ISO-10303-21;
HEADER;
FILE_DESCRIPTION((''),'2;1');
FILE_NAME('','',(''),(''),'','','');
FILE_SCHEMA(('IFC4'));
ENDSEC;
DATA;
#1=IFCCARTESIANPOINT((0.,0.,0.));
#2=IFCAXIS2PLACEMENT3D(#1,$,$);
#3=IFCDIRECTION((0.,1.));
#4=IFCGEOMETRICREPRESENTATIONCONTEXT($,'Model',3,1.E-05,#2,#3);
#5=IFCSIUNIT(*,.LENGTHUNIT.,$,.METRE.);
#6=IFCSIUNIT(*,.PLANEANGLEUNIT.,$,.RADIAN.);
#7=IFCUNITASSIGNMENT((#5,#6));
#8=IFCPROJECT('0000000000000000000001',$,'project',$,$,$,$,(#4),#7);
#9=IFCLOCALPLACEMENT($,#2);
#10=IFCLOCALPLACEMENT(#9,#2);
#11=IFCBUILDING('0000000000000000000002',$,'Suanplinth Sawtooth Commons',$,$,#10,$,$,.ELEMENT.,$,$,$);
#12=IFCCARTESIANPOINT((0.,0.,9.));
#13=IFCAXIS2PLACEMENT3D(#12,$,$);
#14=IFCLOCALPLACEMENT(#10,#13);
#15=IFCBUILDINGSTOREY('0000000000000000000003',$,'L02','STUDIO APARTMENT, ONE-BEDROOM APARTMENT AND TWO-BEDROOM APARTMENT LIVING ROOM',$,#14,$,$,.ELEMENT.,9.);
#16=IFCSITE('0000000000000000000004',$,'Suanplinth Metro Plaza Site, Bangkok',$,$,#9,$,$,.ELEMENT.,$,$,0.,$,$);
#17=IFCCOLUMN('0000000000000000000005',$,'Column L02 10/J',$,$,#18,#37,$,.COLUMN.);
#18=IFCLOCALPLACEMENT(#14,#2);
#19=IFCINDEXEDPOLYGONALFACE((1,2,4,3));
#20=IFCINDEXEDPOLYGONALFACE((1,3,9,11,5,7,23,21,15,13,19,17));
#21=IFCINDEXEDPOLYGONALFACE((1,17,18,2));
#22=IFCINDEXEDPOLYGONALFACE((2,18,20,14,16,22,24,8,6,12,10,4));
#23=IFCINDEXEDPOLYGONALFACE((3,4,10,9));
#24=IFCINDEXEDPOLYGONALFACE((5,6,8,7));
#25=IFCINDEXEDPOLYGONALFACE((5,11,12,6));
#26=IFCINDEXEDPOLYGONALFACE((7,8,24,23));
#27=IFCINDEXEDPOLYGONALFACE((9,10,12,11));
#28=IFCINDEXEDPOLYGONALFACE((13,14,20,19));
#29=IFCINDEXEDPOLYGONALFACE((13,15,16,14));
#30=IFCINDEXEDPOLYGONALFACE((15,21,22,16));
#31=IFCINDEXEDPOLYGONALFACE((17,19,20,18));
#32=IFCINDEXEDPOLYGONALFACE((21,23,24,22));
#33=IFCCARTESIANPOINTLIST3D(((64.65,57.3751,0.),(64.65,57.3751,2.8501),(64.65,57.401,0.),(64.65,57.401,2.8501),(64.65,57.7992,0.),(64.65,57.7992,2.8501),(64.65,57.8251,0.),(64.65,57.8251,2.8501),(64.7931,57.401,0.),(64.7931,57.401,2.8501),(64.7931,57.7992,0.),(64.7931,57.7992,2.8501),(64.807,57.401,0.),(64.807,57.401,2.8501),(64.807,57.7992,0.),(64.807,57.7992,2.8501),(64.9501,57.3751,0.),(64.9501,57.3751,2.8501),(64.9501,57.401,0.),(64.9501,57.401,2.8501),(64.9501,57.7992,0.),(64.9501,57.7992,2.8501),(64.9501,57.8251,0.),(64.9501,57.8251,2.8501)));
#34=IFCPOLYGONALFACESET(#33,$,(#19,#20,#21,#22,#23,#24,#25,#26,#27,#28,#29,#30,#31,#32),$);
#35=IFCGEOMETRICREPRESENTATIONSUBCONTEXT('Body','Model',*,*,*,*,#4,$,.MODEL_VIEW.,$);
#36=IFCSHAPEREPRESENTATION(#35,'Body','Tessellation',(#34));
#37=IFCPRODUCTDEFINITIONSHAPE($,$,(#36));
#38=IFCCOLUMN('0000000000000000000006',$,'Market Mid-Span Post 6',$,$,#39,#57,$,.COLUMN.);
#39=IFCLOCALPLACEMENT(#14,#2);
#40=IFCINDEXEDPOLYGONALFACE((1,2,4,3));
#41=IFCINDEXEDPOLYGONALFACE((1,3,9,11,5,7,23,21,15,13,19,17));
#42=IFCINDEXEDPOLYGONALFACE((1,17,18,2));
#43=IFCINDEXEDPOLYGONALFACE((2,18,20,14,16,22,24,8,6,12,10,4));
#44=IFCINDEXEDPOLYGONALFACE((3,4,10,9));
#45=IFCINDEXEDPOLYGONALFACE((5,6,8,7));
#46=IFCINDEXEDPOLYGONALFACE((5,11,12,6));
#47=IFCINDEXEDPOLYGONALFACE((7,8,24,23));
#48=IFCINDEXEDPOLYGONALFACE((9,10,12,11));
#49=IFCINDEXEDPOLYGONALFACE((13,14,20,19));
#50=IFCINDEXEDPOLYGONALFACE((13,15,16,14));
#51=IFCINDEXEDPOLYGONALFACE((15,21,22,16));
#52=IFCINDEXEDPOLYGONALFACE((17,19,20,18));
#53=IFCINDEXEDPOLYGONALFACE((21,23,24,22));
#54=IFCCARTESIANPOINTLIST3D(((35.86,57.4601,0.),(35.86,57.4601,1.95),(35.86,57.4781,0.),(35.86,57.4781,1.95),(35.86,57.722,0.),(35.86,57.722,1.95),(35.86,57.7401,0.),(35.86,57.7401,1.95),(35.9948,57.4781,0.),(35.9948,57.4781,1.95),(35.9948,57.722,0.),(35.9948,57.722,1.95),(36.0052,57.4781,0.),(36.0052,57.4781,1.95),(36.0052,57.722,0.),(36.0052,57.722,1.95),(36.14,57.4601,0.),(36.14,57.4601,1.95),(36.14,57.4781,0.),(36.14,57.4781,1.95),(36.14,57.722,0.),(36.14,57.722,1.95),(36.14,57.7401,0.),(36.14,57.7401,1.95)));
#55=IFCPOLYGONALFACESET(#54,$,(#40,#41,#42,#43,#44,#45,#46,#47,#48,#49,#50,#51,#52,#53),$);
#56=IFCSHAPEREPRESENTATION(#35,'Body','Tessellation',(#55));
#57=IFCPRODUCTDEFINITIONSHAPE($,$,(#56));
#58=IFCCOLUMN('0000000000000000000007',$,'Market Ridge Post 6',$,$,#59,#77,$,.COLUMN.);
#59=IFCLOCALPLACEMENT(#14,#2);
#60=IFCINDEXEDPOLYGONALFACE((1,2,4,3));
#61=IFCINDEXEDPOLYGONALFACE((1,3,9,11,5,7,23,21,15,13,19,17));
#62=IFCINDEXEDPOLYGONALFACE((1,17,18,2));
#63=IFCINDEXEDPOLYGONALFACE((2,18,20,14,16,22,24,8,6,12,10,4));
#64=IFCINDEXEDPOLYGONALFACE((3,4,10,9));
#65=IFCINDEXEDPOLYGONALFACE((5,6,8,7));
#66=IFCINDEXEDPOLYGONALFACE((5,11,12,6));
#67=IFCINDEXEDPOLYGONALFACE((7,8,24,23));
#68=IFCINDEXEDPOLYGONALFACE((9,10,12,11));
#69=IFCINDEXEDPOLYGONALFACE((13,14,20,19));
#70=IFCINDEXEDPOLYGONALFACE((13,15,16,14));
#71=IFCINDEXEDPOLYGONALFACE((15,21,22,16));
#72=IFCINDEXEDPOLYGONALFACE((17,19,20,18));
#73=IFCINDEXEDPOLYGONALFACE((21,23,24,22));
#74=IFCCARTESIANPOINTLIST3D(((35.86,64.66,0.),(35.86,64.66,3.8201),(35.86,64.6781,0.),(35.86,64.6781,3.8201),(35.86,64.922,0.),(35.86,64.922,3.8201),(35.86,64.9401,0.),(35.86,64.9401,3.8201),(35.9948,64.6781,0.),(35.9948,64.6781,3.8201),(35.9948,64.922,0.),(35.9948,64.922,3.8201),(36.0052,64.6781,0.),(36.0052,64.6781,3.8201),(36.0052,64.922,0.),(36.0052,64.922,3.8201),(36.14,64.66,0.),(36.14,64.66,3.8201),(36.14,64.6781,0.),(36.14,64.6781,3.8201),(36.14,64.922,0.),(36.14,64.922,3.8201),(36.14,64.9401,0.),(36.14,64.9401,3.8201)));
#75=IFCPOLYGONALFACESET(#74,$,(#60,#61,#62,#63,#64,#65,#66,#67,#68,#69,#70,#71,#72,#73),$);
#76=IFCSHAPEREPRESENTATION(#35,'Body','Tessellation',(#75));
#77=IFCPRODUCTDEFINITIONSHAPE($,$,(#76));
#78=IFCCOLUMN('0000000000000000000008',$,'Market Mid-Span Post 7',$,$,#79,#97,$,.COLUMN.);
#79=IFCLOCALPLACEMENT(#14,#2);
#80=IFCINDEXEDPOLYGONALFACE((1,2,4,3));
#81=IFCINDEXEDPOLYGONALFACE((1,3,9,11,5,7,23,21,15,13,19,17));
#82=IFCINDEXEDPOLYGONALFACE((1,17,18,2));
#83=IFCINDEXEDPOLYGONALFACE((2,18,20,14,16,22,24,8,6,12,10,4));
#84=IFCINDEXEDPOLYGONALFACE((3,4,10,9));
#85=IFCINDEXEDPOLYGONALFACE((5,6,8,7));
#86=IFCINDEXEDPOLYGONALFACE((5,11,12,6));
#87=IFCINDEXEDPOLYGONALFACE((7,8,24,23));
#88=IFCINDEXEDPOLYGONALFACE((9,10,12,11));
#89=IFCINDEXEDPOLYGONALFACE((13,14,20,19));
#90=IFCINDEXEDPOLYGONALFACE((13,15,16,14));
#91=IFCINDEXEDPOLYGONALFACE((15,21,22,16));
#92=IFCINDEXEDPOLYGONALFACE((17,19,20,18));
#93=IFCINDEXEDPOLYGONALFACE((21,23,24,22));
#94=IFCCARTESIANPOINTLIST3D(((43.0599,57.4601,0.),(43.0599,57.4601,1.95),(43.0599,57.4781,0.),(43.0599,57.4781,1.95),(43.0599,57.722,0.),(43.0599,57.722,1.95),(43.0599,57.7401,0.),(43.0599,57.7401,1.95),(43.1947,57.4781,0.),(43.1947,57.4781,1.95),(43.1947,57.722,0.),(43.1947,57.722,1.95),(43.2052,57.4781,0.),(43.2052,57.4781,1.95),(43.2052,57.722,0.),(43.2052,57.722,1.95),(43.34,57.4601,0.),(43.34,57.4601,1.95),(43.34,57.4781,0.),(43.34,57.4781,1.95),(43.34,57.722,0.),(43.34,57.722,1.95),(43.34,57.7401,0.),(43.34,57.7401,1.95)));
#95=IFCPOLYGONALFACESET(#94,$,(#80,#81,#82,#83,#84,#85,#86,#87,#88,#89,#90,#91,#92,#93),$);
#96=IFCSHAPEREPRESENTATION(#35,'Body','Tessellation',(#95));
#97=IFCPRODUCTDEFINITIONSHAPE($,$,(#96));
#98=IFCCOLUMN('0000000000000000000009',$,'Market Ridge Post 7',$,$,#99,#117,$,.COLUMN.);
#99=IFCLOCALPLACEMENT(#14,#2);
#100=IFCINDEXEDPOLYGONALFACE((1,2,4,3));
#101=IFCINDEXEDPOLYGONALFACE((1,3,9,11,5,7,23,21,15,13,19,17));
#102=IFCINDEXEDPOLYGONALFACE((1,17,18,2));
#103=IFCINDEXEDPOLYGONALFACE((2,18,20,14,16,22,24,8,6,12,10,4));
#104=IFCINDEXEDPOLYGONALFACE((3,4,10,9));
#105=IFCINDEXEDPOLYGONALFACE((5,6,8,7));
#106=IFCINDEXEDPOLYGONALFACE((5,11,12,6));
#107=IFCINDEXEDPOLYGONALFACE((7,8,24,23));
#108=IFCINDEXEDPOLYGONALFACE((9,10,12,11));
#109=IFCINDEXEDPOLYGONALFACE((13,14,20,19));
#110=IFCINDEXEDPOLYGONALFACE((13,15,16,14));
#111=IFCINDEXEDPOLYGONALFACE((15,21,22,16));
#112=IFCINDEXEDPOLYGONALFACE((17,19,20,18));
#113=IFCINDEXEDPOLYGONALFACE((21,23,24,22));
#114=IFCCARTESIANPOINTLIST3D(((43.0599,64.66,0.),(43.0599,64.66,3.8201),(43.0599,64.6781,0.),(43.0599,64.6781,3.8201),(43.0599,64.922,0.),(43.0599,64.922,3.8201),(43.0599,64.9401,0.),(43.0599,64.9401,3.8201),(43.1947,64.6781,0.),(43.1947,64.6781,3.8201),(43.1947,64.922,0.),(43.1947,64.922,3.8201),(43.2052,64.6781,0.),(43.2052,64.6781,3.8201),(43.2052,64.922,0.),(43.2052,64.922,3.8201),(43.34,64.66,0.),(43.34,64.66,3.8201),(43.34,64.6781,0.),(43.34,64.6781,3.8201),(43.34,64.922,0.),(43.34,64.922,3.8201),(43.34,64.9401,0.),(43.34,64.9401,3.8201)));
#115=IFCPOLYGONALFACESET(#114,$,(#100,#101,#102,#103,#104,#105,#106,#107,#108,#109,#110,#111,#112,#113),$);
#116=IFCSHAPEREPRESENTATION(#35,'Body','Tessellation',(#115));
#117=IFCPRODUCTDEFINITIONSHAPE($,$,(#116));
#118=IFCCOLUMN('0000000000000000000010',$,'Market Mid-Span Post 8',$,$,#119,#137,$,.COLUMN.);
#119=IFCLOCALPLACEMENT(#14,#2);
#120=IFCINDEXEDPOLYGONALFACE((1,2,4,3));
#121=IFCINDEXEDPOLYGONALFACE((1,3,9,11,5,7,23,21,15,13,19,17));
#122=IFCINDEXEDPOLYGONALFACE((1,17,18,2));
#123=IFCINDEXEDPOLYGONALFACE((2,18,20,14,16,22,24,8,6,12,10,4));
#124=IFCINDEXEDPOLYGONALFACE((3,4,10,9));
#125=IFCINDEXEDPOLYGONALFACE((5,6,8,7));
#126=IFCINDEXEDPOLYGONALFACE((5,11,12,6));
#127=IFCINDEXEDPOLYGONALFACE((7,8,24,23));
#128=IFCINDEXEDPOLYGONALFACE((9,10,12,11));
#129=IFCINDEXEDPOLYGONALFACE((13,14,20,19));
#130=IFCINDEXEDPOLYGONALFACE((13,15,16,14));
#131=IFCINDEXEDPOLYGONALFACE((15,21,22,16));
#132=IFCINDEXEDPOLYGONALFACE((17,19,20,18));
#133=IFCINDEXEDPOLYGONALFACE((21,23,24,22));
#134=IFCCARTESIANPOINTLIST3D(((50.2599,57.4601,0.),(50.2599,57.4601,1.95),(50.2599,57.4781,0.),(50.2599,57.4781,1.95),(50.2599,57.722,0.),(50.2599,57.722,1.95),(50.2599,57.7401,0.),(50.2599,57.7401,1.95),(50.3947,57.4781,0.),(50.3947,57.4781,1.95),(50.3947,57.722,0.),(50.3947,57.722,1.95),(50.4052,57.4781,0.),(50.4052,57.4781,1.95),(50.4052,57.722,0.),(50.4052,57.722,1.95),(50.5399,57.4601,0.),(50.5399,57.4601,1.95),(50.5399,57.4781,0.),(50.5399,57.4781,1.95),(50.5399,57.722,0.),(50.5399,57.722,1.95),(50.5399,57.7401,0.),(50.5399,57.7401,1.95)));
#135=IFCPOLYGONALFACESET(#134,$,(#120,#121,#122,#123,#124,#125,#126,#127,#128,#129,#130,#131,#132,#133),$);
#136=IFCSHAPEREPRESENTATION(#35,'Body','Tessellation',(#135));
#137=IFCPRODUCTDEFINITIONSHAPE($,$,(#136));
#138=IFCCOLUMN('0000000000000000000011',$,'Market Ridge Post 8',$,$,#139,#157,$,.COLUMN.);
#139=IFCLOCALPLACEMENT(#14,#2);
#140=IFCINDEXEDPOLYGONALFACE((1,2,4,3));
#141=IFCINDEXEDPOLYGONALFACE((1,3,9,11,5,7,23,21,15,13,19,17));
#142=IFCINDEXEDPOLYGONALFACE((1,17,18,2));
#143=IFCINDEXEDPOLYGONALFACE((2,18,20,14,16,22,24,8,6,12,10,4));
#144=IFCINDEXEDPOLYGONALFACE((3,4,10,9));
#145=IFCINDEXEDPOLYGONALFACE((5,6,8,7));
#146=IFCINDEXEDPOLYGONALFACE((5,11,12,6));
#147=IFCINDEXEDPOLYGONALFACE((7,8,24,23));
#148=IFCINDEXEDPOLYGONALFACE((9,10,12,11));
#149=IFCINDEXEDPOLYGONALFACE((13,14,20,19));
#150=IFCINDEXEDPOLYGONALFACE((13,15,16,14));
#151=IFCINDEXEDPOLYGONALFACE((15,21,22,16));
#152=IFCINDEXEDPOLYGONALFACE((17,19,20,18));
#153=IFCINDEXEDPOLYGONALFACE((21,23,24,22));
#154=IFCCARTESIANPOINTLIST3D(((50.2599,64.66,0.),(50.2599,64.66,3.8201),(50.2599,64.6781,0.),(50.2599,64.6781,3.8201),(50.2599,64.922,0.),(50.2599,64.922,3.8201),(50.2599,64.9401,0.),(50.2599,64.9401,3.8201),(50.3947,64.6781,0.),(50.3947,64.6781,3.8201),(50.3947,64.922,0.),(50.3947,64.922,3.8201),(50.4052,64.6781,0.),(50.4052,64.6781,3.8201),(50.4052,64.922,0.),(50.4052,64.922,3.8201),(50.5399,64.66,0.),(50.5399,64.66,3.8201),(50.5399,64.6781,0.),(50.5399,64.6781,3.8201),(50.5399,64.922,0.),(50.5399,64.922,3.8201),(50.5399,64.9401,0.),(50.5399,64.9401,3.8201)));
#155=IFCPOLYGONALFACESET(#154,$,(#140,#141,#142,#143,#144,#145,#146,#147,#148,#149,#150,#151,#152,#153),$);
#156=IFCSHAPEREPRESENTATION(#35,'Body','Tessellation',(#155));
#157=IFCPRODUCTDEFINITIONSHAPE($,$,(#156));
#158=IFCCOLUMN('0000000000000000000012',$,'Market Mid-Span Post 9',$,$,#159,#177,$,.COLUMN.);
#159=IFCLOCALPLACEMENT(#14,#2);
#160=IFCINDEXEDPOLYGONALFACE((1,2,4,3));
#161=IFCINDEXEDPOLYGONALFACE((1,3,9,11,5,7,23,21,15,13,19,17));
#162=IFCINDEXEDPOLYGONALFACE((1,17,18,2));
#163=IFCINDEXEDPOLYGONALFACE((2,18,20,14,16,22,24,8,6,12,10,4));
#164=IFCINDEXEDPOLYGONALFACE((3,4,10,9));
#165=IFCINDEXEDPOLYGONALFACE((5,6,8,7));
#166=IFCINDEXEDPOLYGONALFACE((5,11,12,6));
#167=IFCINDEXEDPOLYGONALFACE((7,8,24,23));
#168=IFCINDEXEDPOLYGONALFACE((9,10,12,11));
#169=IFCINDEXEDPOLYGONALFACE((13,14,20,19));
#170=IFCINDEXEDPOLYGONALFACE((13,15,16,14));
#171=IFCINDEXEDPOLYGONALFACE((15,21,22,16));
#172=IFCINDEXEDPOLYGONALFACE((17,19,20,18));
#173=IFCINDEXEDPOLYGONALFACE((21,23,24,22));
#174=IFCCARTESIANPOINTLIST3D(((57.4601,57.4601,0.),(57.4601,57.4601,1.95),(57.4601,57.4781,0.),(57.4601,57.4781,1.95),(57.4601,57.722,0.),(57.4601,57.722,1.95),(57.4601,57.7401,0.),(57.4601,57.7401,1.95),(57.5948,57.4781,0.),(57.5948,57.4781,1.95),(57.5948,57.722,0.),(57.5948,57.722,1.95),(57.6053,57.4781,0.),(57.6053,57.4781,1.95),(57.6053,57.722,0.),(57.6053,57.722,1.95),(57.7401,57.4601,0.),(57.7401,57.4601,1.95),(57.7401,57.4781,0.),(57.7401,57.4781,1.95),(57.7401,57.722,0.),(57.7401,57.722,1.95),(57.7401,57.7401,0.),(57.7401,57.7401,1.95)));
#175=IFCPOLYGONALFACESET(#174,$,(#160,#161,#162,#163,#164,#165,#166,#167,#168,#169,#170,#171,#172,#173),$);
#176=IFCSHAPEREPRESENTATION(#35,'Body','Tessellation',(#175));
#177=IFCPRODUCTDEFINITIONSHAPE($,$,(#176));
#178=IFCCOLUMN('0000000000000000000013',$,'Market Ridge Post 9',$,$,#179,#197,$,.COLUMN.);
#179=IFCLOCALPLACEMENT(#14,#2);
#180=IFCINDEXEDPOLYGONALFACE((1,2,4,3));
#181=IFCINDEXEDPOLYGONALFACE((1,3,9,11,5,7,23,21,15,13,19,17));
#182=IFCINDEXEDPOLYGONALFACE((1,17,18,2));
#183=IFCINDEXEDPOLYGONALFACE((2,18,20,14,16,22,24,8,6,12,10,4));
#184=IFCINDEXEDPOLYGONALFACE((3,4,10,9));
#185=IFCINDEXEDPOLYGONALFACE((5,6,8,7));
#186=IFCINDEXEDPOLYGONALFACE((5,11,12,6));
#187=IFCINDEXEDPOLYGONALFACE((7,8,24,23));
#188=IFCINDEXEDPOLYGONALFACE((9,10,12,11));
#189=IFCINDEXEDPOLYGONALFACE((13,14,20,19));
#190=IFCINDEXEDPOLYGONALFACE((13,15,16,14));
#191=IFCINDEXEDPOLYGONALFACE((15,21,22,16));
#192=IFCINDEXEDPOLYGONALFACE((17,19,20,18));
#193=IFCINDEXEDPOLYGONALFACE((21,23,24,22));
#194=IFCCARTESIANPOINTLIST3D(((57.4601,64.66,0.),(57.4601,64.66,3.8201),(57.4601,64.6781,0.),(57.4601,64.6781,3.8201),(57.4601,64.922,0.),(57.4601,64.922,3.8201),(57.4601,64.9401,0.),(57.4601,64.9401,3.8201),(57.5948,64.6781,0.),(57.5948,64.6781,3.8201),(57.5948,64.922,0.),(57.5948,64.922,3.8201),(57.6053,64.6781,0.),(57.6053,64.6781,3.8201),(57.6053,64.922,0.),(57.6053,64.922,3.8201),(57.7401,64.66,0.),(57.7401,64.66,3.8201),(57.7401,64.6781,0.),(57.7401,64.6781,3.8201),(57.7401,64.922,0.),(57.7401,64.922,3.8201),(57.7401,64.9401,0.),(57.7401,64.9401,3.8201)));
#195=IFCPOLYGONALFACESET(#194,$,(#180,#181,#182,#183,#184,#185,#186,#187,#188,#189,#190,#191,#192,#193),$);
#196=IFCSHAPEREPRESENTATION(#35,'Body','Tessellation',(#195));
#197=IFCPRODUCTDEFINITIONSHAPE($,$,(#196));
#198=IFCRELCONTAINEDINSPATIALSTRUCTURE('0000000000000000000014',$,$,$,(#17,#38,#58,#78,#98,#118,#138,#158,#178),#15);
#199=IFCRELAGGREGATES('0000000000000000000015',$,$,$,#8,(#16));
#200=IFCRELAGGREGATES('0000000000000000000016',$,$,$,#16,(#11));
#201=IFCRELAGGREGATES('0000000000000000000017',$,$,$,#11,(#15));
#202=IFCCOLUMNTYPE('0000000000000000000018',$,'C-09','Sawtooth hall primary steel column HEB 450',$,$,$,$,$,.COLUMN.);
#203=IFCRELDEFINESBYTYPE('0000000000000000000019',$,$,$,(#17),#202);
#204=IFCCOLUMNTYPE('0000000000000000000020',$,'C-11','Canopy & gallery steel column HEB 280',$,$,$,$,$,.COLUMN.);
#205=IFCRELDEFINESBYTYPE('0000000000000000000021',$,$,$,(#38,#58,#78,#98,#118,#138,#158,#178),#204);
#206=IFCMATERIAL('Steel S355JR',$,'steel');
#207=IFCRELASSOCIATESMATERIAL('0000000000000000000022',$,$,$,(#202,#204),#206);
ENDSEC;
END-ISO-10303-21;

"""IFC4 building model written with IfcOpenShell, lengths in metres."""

from ifc_helpers import new_model, si_unit, direction, frame, origin, origin_2d, place, context, subcontext, project, spatial, i_section, extrude, material, material_profile, profile_set, type_object, element, save


model = new_model("IFC4")

# Units and contexts
model_context = context("Model", 3, precision=1e-05, world=origin(), true_north=direction((0.0, 1.0)))
body_context = subcontext(model_context, "Body", "Model", "MODEL_VIEW")
ifc_project = project(units=[si_unit("LENGTHUNIT", "METRE"), si_unit("PLANEANGLEUNIT", "RADIAN")], contexts=[model_context])

# Site, building, storey
site_placement = place(None, origin())
site = spatial("IfcSite", under=ifc_project, at=site_placement, Name="Suanplinth Metro Plaza Site, Bangkok", CompositionType="ELEMENT", RefElevation=0.0)
building_placement = place(site_placement, origin())
building = spatial("IfcBuilding", under=site, at=building_placement, Name="Suanplinth Sawtooth Commons", CompositionType="ELEMENT")
storey_placement = place(building_placement, frame((0.0, 0.0, 9.0)))
storey = spatial("IfcBuildingStorey", under=building, at=storey_placement, Name="L02", Description="STUDIO APARTMENT, ONE-BEDROOM APARTMENT AND TWO-BEDROOM APARTMENT LIVING ROOM", CompositionType="ELEMENT", Elevation=9.0)

# Columns
ifc_material_1 = material(Name="Steel S355JR", Category="steel")
ifc_material_profile_1 = material_profile(ifc_material_1, i_section(OverallWidth=0.3, OverallDepth=0.45, WebThickness=0.0139, FlangeThickness=0.0259, at=origin_2d()), Name="HEB 450")
ifc_profile_set_1 = profile_set([ifc_material_profile_1], Name="Steel S355JR")
column_type_1 = type_object("IfcColumnType", Name="C-09", Description="Sawtooth hall primary steel column HEB 450", PredefinedType="COLUMN", material=ifc_profile_set_1)
column_1_placement = place(storey_placement, frame((64.8, 57.6001, 0.0), z_axis=(0.0, 0.0, 1.0), x_axis=(1.0, 0.0, 0.0)))
element("IfcColumn", 1, at=column_1_placement, inside=storey, type_object=column_type_1, Name="Column L02 10/J", PredefinedType="COLUMN", context=body_context, shape_type="SweptSolid", body=[
    extrude(i_section(OverallWidth=0.3, OverallDepth=0.45, WebThickness=0.0139, FlangeThickness=0.0259, at=origin_2d()), origin(), (0.0, 0.0, 1.0), 2.8501),
])
ifc_material_profile_2 = material_profile(ifc_material_1, i_section(OverallWidth=0.28, OverallDepth=0.28, WebThickness=0.0105, FlangeThickness=0.0181, at=origin_2d()), Name="HEB 280")
ifc_profile_set_2 = profile_set([ifc_material_profile_2], Name="Steel S355JR")
column_type_2 = type_object("IfcColumnType", Name="C-11", Description="Canopy & gallery steel column HEB 280", PredefinedType="COLUMN", material=ifc_profile_set_2)
column_2_placement = place(storey_placement, frame((36.0, 57.6001, 0.0), z_axis=(0.0, 0.0, 1.0), x_axis=(1.0, 0.0, 0.0)))
element("IfcColumn", 2, at=column_2_placement, inside=storey, type_object=column_type_2, Name="Market Mid-Span Post 6", PredefinedType="COLUMN", context=body_context, shape_type="SweptSolid", body=[
    extrude(i_section(OverallWidth=0.28, OverallDepth=0.28, WebThickness=0.0105, FlangeThickness=0.0181, at=origin_2d()), origin(), (0.0, 0.0, 1.0), 1.95),
])
column_3_placement = place(storey_placement, frame((36.0, 64.8, 0.0), z_axis=(0.0, 0.0, 1.0), x_axis=(1.0, 0.0, 0.0)))
element("IfcColumn", 3, at=column_3_placement, inside=storey, type_object=column_type_2, Name="Market Ridge Post 6", PredefinedType="COLUMN", context=body_context, shape_type="SweptSolid", body=[
    extrude(i_section(OverallWidth=0.28, OverallDepth=0.28, WebThickness=0.0105, FlangeThickness=0.0181, at=origin_2d()), origin(), (0.0, 0.0, 1.0), 3.8201),
])
column_4_placement = place(storey_placement, frame((43.2, 57.6001, 0.0), z_axis=(0.0, 0.0, 1.0), x_axis=(1.0, 0.0, 0.0)))
element("IfcColumn", 4, at=column_4_placement, inside=storey, type_object=column_type_2, Name="Market Mid-Span Post 7", PredefinedType="COLUMN", context=body_context, shape_type="SweptSolid", body=[
    extrude(i_section(OverallWidth=0.28, OverallDepth=0.28, WebThickness=0.0105, FlangeThickness=0.0181, at=origin_2d()), origin(), (0.0, 0.0, 1.0), 1.95),
])
column_5_placement = place(storey_placement, frame((43.2, 64.8, 0.0), z_axis=(0.0, 0.0, 1.0), x_axis=(1.0, 0.0, 0.0)))
element("IfcColumn", 5, at=column_5_placement, inside=storey, type_object=column_type_2, Name="Market Ridge Post 7", PredefinedType="COLUMN", context=body_context, shape_type="SweptSolid", body=[
    extrude(i_section(OverallWidth=0.28, OverallDepth=0.28, WebThickness=0.0105, FlangeThickness=0.0181, at=origin_2d()), origin(), (0.0, 0.0, 1.0), 3.8201),
])
column_6_placement = place(storey_placement, frame((50.3999, 57.6001, 0.0), z_axis=(0.0, 0.0, 1.0), x_axis=(1.0, 0.0, 0.0)))
element("IfcColumn", 6, at=column_6_placement, inside=storey, type_object=column_type_2, Name="Market Mid-Span Post 8", PredefinedType="COLUMN", context=body_context, shape_type="SweptSolid", body=[
    extrude(i_section(OverallWidth=0.28, OverallDepth=0.28, WebThickness=0.0105, FlangeThickness=0.0181, at=origin_2d()), origin(), (0.0, 0.0, 1.0), 1.95),
])
column_7_placement = place(storey_placement, frame((50.3999, 64.8, 0.0), z_axis=(0.0, 0.0, 1.0), x_axis=(1.0, 0.0, 0.0)))
element("IfcColumn", 7, at=column_7_placement, inside=storey, type_object=column_type_2, Name="Market Ridge Post 8", PredefinedType="COLUMN", context=body_context, shape_type="SweptSolid", body=[
    extrude(i_section(OverallWidth=0.28, OverallDepth=0.28, WebThickness=0.0105, FlangeThickness=0.0181, at=origin_2d()), origin(), (0.0, 0.0, 1.0), 3.8201),
])
column_8_placement = place(storey_placement, frame((57.6001, 57.6001, 0.0), z_axis=(0.0, 0.0, 1.0), x_axis=(1.0, 0.0, 0.0)))
element("IfcColumn", 8, at=column_8_placement, inside=storey, type_object=column_type_2, Name="Market Mid-Span Post 9", PredefinedType="COLUMN", context=body_context, shape_type="SweptSolid", body=[
    extrude(i_section(OverallWidth=0.28, OverallDepth=0.28, WebThickness=0.0105, FlangeThickness=0.0181, at=origin_2d()), origin(), (0.0, 0.0, 1.0), 1.95),
])
column_9_placement = place(storey_placement, frame((57.6001, 64.8, 0.0), z_axis=(0.0, 0.0, 1.0), x_axis=(1.0, 0.0, 0.0)))
element("IfcColumn", 9, at=column_9_placement, inside=storey, type_object=column_type_2, Name="Market Ridge Post 9", PredefinedType="COLUMN", context=body_context, shape_type="SweptSolid", body=[
    extrude(i_section(OverallWidth=0.28, OverallDepth=0.28, WebThickness=0.0105, FlangeThickness=0.0181, at=origin_2d()), origin(), (0.0, 0.0, 1.0), 3.8201),
])

save(model, "model.ifc")
